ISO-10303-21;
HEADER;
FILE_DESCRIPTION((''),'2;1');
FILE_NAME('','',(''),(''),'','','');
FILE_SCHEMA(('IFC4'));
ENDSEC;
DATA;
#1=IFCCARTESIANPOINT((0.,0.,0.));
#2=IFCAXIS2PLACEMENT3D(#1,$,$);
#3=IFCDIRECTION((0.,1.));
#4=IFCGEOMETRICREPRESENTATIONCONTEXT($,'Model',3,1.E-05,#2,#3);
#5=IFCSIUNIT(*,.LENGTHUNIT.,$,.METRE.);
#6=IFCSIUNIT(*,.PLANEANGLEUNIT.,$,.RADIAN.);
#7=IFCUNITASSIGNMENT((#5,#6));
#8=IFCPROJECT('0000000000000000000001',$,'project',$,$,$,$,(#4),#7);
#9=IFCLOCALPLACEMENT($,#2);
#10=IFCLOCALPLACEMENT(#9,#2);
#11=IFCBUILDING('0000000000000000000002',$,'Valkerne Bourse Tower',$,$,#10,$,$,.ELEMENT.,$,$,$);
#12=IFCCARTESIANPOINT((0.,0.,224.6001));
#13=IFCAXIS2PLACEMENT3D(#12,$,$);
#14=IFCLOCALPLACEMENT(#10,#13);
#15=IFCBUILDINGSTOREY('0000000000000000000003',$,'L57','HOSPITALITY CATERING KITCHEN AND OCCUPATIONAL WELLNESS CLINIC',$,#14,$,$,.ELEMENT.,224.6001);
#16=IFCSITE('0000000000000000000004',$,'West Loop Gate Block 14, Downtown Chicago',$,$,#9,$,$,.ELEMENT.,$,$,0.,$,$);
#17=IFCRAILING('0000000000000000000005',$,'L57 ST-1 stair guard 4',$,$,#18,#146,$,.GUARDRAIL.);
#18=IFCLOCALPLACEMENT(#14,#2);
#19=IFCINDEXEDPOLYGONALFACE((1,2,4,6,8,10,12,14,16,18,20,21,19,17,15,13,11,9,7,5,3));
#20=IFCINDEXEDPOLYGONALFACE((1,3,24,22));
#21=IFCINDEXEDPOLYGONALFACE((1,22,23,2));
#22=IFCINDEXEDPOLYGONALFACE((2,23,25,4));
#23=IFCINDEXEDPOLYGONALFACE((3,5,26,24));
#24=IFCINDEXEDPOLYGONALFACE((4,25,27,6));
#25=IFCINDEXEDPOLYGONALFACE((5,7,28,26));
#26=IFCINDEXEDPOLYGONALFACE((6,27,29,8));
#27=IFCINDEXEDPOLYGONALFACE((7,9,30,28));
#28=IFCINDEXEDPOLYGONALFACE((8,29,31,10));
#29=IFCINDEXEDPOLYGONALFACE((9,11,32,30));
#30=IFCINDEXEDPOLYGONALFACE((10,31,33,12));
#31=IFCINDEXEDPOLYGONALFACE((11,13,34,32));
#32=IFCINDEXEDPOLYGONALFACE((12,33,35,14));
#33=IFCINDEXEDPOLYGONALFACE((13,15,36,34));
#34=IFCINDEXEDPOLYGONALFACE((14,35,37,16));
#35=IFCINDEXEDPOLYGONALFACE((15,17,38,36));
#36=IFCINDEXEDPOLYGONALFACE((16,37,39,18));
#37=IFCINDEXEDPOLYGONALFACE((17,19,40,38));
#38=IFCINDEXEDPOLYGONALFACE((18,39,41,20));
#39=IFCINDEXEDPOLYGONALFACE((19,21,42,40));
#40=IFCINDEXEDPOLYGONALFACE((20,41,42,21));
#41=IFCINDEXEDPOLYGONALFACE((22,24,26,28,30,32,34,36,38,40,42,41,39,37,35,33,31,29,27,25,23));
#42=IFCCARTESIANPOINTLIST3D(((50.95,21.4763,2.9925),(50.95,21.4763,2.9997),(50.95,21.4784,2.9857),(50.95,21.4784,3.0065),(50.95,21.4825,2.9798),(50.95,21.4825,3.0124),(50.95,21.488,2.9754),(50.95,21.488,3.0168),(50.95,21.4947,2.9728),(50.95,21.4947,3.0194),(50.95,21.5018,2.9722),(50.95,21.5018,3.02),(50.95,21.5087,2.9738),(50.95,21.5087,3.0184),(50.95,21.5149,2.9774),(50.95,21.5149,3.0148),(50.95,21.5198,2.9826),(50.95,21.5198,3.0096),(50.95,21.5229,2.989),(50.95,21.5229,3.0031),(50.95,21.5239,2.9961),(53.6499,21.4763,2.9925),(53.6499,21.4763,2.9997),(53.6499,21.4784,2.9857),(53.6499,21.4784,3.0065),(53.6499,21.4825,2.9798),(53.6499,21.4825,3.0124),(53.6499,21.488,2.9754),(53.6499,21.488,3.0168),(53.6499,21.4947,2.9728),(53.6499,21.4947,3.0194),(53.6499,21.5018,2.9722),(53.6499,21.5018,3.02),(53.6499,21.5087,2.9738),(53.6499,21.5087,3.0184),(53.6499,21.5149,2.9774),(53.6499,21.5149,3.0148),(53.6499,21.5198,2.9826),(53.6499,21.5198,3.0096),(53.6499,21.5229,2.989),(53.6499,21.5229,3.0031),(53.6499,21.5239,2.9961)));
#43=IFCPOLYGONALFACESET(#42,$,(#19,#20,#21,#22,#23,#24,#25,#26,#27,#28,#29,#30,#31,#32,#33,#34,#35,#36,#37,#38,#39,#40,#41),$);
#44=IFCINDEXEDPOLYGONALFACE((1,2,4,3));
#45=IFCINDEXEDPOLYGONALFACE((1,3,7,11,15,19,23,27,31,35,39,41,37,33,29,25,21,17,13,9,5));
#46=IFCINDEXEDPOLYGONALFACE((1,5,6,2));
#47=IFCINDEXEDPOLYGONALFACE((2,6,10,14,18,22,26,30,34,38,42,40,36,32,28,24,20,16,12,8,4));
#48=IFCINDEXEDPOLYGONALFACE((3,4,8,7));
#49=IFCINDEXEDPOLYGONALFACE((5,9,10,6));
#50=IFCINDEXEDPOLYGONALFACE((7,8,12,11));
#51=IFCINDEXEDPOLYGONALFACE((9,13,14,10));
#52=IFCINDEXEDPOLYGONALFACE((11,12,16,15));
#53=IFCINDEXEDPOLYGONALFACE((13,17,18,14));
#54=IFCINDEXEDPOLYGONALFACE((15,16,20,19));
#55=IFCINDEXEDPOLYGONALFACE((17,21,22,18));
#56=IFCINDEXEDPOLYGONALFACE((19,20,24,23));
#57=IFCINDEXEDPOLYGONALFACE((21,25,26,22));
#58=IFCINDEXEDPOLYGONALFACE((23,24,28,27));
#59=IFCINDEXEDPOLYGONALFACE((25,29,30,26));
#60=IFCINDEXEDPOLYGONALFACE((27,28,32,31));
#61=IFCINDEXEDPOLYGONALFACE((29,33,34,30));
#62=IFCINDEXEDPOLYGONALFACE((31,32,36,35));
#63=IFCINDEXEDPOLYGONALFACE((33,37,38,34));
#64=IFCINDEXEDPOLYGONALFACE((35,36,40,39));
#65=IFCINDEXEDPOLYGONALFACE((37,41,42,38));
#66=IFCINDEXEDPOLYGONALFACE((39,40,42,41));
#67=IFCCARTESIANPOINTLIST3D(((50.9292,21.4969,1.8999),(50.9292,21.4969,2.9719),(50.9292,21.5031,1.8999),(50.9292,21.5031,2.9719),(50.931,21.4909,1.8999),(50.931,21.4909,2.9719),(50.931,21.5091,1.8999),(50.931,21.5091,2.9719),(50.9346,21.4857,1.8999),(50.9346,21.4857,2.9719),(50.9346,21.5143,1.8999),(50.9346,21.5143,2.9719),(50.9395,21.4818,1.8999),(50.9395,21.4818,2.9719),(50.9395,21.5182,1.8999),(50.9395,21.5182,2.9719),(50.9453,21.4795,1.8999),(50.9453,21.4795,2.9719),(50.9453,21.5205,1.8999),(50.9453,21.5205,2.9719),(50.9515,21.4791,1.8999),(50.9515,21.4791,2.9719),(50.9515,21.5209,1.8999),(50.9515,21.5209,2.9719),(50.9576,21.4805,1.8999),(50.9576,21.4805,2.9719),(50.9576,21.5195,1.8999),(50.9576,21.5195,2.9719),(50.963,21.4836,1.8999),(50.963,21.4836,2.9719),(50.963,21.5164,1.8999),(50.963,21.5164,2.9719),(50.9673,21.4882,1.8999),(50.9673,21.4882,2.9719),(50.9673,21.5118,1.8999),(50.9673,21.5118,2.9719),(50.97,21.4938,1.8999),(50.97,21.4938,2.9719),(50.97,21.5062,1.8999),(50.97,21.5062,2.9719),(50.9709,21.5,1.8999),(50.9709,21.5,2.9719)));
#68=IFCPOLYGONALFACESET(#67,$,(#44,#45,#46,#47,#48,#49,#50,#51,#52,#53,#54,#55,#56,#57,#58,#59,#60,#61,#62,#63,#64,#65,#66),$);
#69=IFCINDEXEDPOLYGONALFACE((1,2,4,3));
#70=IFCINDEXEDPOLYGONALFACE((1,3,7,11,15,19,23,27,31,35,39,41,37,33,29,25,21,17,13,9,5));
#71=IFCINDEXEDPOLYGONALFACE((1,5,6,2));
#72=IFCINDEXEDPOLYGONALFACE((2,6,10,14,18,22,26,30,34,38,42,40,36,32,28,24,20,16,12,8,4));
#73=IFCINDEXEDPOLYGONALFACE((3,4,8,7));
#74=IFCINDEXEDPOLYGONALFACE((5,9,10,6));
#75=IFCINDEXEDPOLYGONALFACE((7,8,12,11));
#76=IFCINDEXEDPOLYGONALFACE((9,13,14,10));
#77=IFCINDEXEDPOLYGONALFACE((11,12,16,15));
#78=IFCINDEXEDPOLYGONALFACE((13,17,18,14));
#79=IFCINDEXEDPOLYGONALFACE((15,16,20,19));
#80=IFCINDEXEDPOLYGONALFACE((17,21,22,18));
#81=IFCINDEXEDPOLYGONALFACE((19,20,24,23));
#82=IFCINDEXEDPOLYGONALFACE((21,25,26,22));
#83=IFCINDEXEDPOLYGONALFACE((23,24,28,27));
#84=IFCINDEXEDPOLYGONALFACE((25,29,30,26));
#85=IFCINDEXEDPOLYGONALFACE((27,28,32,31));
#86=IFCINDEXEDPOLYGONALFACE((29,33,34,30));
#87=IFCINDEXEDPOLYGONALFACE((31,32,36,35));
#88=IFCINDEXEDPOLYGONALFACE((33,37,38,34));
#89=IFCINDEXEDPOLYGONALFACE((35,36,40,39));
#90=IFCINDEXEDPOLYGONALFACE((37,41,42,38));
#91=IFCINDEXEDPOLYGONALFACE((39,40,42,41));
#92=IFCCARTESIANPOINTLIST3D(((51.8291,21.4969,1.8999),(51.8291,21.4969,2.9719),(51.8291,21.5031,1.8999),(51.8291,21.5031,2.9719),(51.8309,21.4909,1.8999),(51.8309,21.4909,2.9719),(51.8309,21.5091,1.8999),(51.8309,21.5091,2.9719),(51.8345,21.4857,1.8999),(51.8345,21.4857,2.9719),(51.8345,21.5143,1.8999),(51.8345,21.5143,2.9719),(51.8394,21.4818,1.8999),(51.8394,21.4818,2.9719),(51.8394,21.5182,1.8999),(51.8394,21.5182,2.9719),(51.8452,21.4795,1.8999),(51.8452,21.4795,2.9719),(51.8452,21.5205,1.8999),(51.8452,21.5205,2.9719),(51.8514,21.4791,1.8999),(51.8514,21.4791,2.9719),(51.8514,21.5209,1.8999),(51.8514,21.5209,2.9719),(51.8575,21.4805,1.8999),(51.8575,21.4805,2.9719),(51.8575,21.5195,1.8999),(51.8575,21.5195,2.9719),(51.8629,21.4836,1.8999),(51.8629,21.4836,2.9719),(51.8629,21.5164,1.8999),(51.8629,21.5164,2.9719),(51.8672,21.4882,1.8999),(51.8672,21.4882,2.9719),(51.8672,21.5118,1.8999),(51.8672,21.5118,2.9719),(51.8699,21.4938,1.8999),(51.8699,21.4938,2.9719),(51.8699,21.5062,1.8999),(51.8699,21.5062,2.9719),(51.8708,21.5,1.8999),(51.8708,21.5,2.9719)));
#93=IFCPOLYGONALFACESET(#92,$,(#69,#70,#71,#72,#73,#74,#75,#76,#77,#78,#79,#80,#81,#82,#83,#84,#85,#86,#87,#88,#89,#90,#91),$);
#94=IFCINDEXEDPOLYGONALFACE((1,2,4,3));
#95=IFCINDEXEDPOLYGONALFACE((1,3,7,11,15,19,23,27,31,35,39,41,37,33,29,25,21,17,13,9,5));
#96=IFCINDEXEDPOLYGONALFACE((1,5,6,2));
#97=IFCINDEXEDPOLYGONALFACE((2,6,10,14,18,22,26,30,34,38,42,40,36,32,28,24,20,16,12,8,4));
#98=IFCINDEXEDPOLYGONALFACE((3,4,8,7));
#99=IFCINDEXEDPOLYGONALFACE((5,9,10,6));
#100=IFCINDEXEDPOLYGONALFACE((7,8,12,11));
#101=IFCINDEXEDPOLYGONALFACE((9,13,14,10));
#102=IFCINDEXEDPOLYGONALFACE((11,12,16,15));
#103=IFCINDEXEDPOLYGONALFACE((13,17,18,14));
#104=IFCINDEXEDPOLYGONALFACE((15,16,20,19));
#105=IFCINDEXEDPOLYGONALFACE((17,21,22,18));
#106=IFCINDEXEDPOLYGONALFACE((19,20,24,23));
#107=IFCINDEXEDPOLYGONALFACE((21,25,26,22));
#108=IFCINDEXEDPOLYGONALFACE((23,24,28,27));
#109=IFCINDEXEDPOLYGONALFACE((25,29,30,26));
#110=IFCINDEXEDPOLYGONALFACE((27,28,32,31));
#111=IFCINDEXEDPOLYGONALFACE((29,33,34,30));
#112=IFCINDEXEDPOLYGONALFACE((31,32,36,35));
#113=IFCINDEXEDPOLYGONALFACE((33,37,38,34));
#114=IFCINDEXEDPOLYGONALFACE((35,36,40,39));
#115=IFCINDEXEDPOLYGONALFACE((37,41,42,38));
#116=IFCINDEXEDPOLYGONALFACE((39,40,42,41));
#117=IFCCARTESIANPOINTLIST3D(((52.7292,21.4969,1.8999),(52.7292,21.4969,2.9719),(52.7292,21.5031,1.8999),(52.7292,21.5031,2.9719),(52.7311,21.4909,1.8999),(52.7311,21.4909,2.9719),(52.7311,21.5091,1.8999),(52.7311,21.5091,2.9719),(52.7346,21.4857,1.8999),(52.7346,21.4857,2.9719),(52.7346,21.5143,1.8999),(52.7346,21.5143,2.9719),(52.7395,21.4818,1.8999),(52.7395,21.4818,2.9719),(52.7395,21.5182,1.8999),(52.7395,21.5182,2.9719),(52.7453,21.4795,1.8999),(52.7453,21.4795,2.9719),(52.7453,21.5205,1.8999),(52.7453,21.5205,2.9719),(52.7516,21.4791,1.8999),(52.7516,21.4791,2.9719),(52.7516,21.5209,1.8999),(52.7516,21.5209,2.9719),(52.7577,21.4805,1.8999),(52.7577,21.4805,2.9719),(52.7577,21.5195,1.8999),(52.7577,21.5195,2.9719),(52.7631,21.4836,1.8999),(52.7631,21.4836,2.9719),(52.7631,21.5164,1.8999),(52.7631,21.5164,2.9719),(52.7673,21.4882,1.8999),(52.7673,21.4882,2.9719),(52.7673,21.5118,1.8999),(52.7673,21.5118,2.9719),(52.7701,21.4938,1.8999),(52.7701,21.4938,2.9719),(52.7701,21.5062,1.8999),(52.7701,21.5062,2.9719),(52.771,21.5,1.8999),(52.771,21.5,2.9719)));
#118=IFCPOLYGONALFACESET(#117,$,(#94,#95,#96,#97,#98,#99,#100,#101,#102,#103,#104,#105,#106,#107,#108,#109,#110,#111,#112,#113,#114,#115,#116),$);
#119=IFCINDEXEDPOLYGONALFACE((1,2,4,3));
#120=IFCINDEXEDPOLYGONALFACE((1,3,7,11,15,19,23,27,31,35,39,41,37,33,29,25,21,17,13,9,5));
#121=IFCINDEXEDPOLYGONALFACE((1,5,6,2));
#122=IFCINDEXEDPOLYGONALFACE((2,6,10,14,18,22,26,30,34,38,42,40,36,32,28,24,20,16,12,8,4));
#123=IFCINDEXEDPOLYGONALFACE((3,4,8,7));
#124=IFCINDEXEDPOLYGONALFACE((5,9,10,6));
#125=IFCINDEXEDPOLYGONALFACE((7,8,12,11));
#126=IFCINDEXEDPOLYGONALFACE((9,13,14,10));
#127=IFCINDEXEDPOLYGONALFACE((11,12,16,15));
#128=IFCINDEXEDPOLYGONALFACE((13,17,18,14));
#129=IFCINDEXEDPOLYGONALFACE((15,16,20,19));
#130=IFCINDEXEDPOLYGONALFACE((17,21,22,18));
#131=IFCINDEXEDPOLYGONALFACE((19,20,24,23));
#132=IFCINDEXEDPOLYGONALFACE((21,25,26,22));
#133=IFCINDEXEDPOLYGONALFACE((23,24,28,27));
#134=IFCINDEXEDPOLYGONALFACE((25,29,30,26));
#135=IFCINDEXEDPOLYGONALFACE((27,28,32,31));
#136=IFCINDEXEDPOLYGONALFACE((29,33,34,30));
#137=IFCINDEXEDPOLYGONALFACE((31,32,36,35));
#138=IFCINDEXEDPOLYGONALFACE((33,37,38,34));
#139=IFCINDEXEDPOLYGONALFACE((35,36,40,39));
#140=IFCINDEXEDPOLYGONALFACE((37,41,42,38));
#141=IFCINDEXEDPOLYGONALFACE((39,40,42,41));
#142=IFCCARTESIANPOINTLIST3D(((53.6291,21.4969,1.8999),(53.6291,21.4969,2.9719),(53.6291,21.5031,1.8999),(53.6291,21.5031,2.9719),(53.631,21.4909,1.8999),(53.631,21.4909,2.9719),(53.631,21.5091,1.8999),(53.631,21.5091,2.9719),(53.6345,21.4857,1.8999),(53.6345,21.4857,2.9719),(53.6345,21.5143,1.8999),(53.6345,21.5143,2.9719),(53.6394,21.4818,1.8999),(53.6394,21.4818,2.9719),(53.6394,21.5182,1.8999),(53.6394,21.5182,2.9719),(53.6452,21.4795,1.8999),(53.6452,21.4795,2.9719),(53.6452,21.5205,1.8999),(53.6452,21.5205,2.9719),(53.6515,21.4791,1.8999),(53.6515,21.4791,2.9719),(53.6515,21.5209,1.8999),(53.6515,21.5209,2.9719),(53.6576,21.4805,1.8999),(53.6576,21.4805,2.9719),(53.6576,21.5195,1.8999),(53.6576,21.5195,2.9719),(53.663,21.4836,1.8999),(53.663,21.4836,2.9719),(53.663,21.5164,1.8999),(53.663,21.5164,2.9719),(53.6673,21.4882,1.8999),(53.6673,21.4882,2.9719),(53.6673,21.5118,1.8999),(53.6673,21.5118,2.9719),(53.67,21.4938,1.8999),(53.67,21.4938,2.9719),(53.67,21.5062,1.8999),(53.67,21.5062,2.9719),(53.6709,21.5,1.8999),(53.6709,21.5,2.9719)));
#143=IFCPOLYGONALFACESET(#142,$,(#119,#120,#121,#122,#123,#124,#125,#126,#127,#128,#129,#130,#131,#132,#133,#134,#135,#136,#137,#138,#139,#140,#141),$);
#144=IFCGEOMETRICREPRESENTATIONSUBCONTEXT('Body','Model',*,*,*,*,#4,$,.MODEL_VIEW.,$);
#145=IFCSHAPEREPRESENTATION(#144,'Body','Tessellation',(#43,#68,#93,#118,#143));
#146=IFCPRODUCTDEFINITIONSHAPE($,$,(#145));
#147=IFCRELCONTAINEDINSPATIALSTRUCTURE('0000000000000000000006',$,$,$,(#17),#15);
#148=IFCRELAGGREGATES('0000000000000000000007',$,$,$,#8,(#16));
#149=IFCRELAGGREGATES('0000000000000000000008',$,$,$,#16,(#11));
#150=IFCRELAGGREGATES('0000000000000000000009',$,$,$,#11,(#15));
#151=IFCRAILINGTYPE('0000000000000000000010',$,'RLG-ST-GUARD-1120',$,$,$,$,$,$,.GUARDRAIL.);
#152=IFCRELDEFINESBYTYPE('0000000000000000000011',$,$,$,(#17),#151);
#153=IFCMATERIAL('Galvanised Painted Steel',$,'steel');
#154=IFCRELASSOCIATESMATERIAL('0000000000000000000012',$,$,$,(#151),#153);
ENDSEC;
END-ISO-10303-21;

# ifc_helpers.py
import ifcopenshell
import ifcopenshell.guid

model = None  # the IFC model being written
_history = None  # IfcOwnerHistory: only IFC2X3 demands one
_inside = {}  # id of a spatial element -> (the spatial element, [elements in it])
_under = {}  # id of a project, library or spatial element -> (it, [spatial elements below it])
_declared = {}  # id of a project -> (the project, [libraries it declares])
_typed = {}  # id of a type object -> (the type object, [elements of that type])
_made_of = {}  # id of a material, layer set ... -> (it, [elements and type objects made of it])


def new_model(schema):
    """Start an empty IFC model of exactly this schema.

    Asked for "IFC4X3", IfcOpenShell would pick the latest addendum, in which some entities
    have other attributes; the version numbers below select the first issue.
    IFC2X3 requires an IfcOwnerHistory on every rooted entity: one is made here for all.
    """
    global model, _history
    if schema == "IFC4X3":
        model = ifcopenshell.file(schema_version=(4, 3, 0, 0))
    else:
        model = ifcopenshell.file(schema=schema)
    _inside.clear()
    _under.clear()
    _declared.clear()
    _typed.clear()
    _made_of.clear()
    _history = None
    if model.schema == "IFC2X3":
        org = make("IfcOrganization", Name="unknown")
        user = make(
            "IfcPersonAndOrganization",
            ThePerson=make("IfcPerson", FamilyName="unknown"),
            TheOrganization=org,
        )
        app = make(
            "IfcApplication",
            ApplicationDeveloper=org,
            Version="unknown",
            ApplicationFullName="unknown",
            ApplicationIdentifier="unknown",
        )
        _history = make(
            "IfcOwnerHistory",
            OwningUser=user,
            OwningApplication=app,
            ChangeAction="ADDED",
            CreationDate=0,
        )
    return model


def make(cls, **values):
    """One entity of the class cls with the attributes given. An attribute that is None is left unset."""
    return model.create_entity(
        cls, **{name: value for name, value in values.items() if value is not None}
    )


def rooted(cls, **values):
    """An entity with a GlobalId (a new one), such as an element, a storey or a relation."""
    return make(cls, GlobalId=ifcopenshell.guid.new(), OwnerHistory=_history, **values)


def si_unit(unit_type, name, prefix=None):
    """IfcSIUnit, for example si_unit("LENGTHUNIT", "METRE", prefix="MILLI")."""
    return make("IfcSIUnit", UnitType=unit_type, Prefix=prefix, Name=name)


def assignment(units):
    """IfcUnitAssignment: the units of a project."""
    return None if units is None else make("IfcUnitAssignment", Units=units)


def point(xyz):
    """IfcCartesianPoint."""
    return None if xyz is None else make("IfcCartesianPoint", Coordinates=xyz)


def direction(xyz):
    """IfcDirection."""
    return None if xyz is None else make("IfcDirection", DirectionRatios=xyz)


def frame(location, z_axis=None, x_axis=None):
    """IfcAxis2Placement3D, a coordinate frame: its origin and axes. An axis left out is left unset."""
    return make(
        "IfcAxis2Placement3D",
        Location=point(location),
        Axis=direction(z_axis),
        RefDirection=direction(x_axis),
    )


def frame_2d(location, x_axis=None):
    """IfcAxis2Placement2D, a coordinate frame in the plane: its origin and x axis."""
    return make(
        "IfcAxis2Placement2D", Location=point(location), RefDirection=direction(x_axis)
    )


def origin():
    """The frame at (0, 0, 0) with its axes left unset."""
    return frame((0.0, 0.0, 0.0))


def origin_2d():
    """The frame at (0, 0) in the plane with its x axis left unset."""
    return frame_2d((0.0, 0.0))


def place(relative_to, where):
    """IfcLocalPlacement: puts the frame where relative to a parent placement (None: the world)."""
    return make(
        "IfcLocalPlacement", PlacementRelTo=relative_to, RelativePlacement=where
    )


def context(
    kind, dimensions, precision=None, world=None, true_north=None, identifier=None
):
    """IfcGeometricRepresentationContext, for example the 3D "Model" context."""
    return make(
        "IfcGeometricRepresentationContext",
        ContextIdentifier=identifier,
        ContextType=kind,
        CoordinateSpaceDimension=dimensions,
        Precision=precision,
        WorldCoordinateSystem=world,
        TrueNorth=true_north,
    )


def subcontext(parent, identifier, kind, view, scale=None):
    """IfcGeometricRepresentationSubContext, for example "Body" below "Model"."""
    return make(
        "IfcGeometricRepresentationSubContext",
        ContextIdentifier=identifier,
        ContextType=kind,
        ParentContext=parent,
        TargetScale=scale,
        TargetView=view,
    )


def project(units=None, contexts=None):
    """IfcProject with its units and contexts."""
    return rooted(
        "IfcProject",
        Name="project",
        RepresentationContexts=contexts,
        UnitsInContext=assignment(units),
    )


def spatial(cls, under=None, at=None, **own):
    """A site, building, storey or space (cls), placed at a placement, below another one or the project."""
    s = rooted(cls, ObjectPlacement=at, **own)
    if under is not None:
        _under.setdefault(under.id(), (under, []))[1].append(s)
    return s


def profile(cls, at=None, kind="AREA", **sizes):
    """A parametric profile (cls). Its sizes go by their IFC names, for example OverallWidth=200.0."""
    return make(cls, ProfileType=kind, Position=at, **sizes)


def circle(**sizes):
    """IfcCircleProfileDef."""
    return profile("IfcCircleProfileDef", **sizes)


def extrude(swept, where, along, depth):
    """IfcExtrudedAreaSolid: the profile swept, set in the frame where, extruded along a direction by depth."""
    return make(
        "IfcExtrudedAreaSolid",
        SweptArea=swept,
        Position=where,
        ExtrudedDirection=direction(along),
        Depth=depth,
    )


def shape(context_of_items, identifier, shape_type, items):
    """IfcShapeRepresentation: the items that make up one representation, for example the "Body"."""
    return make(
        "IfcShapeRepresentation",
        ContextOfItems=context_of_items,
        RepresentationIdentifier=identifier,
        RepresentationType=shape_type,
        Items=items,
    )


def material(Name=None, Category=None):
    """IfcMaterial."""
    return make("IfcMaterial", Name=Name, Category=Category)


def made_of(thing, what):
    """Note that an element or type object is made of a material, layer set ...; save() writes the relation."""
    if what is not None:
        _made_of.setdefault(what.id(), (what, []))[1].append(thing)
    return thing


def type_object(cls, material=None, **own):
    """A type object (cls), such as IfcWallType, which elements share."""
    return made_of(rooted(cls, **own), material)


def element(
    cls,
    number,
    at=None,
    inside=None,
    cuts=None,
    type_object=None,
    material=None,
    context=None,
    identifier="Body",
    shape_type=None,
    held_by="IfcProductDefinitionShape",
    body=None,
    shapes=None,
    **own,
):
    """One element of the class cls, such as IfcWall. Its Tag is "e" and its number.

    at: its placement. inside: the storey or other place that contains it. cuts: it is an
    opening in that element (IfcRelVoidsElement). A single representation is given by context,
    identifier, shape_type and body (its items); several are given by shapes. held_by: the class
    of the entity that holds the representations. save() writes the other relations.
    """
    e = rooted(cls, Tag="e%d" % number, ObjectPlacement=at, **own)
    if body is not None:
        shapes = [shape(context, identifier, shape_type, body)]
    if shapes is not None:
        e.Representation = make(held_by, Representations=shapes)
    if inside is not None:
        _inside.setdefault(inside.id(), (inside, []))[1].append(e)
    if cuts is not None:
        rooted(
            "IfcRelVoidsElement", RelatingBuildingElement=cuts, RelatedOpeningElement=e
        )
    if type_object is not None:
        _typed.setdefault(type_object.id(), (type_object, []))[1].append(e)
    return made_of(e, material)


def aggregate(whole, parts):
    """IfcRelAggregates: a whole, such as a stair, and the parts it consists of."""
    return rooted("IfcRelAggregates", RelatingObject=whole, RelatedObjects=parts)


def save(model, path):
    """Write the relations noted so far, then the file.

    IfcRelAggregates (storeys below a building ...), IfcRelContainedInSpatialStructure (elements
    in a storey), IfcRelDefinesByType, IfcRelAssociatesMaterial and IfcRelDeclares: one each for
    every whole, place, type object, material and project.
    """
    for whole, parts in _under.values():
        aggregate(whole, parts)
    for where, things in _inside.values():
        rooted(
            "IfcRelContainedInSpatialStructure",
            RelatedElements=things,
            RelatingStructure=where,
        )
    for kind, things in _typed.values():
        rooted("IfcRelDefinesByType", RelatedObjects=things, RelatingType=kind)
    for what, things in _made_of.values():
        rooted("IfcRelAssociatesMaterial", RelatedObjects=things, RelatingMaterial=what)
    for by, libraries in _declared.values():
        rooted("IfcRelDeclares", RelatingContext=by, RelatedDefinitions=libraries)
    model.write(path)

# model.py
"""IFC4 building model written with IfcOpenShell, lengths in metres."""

from ifc_helpers import new_model, si_unit, direction, frame, origin, origin_2d, place, context, subcontext, project, spatial, circle, extrude, material, type_object, element, save


model = new_model("IFC4")

# Units and contexts
model_context = context("Model", 3, precision=1e-05, world=origin(), true_north=direction((0.0, 1.0)))
body_context = subcontext(model_context, "Body", "Model", "MODEL_VIEW")
ifc_project = project(units=[si_unit("LENGTHUNIT", "METRE"), si_unit("PLANEANGLEUNIT", "RADIAN")], contexts=[model_context])

# Site, building, storey
site_placement = place(None, origin())
site = spatial("IfcSite", under=ifc_project, at=site_placement, Name="West Loop Gate Block 14, Downtown Chicago", CompositionType="ELEMENT", RefElevation=0.0)
building_placement = place(site_placement, origin())
building = spatial("IfcBuilding", under=site, at=building_placement, Name="Valkerne Bourse Tower", CompositionType="ELEMENT")
storey_placement = place(building_placement, frame((0.0, 0.0, 224.6001)))
storey = spatial("IfcBuildingStorey", under=building, at=storey_placement, Name="L57", Description="HOSPITALITY CATERING KITCHEN AND OCCUPATIONAL WELLNESS CLINIC", CompositionType="ELEMENT", Elevation=224.6001)

# Shared definitions
ifc_material_1 = material(Name="Galvanised Painted Steel", Category="steel")

# Railing
railing_type_1 = type_object("IfcRailingType", Name="RLG-ST-GUARD-1120", PredefinedType="GUARDRAIL", material=ifc_material_1)
for number, where, name in (
    (1, (50.95, 21.5, 1.8999), "L57 ST-1 stair guard 4"),
):
    element("IfcRailing", number, at=place(storey_placement, frame(where)), inside=storey, type_object=railing_type_1, Name=name, PredefinedType="GUARDRAIL", context=body_context, shape_type="SweptSolid", body=[
        extrude(circle(Radius=0.0239, at=origin_2d()), frame((0.0, 0.0, 1.0962), z_axis=(1.0, 0.0, 0.0), x_axis=(0.0, 1.0, 0.0)), (0.0, 0.0, 1.0), 2.7),
        extrude(circle(Radius=0.021, at=origin_2d()), origin(), (0.0, 0.0, 1.0), 1.072),
        extrude(circle(Radius=0.021, at=origin_2d()), frame((0.8999, 0.0, 0.0)), (0.0, 0.0, 1.0), 1.072),
        extrude(circle(Radius=0.021, at=origin_2d()), frame((1.8, 0.0, 0.0)), (0.0, 0.0, 1.0), 1.072),
        extrude(circle(Radius=0.021, at=origin_2d()), frame((2.7, 0.0, 0.0)), (0.0, 0.0, 1.0), 1.072),
    ])

save(model, "model.ifc")
